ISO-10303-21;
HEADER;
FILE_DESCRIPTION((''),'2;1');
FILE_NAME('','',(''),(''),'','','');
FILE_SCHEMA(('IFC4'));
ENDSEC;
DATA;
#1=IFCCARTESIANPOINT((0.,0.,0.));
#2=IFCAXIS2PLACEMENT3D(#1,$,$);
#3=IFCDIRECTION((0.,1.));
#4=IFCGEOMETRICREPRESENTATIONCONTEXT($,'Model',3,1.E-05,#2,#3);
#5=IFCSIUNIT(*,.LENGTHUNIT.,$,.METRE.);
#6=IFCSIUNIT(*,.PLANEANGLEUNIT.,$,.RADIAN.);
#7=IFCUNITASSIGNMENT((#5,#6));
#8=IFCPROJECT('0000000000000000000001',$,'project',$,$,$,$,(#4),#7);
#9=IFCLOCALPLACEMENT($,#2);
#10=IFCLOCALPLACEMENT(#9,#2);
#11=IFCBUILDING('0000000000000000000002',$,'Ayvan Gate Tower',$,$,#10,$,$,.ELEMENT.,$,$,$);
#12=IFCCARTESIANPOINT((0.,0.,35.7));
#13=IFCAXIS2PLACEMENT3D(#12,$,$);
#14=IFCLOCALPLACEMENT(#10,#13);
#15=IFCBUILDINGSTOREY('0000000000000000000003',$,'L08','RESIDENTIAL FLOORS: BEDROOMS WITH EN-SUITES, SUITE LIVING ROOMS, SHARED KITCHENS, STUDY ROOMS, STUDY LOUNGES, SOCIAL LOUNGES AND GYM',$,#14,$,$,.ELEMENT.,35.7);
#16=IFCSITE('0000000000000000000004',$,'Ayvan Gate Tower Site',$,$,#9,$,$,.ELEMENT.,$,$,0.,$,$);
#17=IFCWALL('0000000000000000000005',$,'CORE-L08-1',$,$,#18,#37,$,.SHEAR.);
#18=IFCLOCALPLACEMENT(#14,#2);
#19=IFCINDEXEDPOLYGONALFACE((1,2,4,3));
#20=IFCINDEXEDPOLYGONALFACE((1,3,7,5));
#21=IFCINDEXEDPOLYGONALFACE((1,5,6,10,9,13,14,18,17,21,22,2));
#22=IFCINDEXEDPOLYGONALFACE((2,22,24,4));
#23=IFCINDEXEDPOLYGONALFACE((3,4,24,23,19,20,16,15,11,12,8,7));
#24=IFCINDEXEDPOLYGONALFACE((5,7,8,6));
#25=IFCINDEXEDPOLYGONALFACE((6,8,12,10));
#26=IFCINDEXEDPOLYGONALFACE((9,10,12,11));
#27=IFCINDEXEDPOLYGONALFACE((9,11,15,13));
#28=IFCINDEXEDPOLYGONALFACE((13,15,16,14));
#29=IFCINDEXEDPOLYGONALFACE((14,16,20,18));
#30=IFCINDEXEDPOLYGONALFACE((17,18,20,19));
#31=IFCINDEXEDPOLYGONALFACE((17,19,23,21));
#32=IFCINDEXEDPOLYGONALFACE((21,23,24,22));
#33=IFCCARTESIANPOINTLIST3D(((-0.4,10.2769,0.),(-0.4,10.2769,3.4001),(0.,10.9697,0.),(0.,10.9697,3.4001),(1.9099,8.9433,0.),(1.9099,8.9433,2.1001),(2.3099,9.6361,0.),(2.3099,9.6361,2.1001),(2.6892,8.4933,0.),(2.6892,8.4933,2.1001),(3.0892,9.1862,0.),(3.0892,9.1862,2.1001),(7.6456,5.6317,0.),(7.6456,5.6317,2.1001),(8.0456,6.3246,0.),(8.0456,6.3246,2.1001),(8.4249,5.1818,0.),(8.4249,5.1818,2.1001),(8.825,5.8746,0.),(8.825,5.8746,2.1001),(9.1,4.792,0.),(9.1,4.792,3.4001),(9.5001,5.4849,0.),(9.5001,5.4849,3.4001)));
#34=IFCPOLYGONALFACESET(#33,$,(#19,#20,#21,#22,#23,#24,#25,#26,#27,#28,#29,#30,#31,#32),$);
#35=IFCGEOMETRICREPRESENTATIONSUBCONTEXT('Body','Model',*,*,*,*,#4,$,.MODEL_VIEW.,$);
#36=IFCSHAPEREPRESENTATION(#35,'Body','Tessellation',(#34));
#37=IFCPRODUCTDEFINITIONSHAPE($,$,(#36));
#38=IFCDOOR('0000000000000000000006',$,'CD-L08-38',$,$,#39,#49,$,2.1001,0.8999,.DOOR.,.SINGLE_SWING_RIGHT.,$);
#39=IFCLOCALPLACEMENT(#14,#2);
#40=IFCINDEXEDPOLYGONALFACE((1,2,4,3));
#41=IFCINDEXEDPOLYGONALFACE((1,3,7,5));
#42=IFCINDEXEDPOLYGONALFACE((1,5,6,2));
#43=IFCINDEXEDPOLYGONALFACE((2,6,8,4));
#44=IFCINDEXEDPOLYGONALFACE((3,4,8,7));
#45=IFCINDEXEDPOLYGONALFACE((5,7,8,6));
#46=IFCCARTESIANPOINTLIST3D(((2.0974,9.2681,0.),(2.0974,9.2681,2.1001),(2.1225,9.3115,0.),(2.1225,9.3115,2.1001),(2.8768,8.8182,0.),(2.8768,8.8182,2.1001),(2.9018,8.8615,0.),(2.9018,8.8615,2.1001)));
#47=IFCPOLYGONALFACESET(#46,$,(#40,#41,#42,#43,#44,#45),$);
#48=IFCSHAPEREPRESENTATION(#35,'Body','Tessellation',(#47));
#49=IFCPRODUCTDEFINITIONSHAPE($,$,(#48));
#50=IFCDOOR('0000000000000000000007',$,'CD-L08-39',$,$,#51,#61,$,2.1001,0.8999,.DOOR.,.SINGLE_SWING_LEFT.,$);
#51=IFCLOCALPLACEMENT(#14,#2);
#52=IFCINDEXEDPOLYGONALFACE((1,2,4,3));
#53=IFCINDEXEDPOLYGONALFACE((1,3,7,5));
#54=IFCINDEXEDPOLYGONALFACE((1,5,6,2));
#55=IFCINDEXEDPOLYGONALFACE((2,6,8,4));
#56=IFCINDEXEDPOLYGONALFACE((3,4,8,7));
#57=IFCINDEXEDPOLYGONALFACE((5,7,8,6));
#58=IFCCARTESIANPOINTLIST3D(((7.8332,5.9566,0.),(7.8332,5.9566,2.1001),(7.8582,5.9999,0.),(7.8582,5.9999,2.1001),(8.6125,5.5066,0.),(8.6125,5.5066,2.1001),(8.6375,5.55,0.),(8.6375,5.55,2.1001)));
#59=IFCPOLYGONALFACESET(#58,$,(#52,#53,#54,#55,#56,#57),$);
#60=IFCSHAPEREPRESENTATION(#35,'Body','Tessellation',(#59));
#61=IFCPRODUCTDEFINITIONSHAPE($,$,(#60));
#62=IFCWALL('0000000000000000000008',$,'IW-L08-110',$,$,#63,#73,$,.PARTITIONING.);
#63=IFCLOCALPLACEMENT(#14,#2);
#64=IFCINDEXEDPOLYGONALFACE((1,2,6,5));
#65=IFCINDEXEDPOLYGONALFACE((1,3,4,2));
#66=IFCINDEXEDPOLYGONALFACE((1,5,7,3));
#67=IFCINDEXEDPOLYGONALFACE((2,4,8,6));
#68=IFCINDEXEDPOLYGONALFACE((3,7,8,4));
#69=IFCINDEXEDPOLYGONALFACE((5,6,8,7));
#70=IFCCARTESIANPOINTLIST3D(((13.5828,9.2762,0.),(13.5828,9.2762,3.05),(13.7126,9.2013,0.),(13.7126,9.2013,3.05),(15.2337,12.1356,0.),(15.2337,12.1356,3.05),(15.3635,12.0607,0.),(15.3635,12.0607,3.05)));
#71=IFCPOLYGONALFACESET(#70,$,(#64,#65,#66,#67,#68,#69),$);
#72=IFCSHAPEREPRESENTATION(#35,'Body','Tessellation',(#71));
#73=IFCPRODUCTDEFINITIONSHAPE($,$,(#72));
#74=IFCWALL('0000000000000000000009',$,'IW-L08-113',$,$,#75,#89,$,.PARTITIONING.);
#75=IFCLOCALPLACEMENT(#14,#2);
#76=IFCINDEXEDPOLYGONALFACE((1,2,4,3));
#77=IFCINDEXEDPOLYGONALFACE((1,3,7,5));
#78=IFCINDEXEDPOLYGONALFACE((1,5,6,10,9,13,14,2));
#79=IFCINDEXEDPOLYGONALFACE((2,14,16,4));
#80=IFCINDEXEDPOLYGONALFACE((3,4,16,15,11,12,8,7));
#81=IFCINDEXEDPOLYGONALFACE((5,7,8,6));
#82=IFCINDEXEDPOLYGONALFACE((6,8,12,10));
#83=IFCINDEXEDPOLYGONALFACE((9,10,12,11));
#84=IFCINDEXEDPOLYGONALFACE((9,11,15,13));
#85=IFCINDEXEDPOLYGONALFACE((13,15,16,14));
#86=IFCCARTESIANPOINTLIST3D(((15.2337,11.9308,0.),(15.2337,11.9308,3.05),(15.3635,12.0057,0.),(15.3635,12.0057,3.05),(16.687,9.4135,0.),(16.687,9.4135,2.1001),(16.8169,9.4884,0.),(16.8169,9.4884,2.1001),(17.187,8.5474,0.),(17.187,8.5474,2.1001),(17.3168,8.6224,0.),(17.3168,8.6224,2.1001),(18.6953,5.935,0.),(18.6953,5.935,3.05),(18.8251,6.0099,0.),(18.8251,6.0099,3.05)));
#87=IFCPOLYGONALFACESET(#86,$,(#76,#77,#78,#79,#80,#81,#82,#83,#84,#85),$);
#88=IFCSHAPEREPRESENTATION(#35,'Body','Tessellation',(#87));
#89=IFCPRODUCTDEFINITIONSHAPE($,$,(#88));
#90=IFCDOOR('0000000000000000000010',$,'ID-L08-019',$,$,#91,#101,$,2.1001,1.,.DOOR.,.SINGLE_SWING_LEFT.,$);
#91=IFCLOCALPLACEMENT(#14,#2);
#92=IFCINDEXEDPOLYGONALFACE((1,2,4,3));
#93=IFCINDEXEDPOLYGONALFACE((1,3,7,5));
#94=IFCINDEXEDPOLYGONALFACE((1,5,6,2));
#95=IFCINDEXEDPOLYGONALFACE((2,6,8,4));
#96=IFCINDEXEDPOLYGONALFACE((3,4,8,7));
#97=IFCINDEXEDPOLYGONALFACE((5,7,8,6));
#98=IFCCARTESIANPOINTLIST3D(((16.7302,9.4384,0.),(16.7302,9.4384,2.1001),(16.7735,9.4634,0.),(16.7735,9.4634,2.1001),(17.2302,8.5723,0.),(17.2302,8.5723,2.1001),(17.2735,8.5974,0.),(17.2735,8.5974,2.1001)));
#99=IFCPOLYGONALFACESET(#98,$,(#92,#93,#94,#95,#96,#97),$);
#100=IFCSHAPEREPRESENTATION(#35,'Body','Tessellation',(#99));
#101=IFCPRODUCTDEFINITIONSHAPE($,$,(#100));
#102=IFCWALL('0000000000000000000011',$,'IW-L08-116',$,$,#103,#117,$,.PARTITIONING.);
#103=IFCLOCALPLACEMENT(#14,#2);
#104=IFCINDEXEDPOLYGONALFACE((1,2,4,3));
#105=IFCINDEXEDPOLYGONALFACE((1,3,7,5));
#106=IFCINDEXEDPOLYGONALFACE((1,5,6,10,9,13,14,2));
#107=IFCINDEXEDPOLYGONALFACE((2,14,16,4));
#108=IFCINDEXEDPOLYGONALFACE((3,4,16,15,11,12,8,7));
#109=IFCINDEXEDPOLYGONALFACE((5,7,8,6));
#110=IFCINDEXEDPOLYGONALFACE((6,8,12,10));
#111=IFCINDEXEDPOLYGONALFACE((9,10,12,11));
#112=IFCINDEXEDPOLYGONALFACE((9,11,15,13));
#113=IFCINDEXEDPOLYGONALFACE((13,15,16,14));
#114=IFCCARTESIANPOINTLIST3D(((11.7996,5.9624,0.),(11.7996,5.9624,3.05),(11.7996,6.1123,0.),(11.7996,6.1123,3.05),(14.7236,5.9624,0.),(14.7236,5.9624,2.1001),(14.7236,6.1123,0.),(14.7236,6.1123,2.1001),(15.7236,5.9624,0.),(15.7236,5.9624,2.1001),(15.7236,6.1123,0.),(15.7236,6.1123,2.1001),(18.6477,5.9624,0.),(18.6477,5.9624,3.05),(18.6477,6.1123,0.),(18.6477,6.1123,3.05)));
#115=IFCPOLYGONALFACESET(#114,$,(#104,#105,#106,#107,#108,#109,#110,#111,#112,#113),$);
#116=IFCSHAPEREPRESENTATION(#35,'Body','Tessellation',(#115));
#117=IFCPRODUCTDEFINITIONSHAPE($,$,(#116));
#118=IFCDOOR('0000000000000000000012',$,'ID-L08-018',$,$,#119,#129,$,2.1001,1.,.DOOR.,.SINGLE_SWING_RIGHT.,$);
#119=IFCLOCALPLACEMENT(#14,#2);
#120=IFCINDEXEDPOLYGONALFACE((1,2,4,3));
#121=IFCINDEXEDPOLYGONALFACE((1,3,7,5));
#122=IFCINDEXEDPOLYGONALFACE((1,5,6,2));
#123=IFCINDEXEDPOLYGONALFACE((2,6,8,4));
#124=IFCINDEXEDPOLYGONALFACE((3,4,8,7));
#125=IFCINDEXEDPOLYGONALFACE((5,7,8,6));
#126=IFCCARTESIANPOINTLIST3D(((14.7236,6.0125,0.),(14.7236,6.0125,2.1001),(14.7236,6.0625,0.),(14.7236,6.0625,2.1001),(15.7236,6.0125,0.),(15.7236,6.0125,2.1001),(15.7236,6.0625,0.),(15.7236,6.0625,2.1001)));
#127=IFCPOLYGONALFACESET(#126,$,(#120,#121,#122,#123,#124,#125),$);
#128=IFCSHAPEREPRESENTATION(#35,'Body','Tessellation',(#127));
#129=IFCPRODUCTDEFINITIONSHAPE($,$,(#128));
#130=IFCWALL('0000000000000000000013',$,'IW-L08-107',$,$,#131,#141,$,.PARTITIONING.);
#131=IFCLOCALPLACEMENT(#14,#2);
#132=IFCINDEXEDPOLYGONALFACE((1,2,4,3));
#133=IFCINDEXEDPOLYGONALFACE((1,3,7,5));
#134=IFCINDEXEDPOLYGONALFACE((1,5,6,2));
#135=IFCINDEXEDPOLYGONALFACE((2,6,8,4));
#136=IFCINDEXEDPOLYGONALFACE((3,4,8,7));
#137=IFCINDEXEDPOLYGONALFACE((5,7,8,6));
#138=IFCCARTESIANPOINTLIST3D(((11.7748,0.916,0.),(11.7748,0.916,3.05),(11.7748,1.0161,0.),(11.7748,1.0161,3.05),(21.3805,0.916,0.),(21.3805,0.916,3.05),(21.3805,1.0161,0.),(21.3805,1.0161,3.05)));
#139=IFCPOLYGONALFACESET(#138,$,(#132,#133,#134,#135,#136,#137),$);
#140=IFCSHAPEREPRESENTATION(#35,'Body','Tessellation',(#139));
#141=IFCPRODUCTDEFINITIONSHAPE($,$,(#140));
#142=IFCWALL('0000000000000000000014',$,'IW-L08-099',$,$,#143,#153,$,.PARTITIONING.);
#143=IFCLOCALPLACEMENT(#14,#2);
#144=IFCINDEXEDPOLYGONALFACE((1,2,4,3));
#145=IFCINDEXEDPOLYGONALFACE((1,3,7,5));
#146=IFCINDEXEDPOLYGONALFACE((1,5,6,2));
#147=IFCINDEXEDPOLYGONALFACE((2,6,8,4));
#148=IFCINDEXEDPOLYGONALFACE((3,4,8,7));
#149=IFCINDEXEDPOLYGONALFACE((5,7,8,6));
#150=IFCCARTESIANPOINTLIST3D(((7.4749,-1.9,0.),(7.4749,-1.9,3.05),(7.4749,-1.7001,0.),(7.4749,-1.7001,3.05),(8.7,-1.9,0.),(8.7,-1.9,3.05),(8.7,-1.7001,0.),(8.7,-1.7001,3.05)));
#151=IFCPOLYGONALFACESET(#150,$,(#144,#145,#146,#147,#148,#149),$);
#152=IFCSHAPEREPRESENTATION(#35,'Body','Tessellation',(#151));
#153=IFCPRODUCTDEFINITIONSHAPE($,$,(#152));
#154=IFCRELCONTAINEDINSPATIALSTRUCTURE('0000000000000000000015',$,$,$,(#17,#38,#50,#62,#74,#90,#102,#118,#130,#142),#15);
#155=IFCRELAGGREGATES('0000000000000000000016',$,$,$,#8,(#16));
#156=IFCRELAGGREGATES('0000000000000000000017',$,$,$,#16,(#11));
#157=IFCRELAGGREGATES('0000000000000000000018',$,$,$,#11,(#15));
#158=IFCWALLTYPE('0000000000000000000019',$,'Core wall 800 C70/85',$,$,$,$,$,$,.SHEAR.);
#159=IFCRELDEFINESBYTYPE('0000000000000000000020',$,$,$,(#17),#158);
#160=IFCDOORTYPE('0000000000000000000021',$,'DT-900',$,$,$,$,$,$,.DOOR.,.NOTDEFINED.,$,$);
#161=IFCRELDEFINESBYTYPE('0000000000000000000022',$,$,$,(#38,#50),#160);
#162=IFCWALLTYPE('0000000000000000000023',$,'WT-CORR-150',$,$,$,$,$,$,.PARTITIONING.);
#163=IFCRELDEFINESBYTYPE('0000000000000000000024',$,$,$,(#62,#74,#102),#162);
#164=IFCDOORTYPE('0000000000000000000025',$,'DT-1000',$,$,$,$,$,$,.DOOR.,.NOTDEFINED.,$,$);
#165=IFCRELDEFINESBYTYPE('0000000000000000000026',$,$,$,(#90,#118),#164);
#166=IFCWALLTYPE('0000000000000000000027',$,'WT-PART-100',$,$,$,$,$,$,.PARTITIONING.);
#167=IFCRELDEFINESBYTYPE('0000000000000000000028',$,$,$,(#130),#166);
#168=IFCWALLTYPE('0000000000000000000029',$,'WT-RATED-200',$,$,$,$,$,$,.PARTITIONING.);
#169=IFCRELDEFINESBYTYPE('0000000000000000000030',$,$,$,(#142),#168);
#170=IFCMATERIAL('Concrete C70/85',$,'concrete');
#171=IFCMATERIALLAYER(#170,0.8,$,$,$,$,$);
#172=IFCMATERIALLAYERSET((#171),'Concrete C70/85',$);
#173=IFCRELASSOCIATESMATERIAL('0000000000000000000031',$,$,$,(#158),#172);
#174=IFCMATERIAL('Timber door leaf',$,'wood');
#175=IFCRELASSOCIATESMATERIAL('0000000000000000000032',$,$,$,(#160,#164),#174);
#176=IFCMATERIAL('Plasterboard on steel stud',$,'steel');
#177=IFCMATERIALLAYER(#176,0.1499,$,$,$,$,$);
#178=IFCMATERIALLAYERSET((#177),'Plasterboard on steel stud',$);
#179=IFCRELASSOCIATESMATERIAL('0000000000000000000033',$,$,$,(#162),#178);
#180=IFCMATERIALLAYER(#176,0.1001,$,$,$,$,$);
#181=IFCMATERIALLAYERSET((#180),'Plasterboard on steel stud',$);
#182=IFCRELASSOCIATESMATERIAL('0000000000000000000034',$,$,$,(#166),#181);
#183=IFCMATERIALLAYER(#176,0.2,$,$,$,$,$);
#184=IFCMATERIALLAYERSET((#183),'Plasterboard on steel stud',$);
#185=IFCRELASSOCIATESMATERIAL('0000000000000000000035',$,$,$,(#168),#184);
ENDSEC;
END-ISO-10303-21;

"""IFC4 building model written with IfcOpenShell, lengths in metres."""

from ifc_helpers import new_model, si_unit, direction, frame, frame_2d, origin, place, context, subcontext, project, spatial, rectangle, extrude, material, layer, layer_set, type_object, element, fill, save


model = new_model("IFC4")

# Units and contexts
model_context = context("Model", 3, precision=1e-05, world=origin(), true_north=direction((0.0, 1.0)))
body_context = subcontext(model_context, "Body", "Model", "MODEL_VIEW")
ifc_project = project(units=[si_unit("LENGTHUNIT", "METRE"), si_unit("PLANEANGLEUNIT", "RADIAN")], contexts=[model_context])

# Site, building, storey
site_placement = place(None, origin())
site = spatial("IfcSite", under=ifc_project, at=site_placement, Name="Ayvan Gate Tower Site", CompositionType="ELEMENT", RefElevation=0.0)
building_placement = place(site_placement, origin())
building = spatial("IfcBuilding", under=site, at=building_placement, Name="Ayvan Gate Tower", CompositionType="ELEMENT")
storey_placement = place(building_placement, frame((0.0, 0.0, 35.7)))
storey = spatial("IfcBuildingStorey", under=building, at=storey_placement, Name="L08", Description="RESIDENTIAL FLOORS: BEDROOMS WITH EN-SUITES, SUITE LIVING ROOMS, SHARED KITCHENS, STUDY ROOMS, STUDY LOUNGES, SOCIAL LOUNGES AND GYM", CompositionType="ELEMENT", Elevation=35.7)

# Wall, openings, doors
ifc_material_1 = material(Name="Concrete C70/85", Category="concrete")
ifc_layer_1 = layer(ifc_material_1, 0.8)
ifc_layer_set_1 = layer_set([ifc_layer_1], Name="Concrete C70/85")
wall_type_1 = type_object("IfcWallType", Name="Core wall 800 C70/85", PredefinedType="SHEAR", material=ifc_layer_set_1)
wall_1_placement = place(storey_placement, frame((9.3, 5.1384, 0.0), z_axis=(0.0, 0.0, 1.0), x_axis=(-0.866024, 0.500002, 0.0)))
wall_1 = element("IfcWall", 1, at=wall_1_placement, inside=storey, type_object=wall_type_1, Name="CORE-L08-1", PredefinedType="SHEAR", context=body_context, shape_type="SweptSolid", body=[
    extrude(rectangle(XDim=10.9697, YDim=0.8, at=frame_2d((5.4849, 0.0))), origin(), (0.0, 0.0, 1.0), 3.4001),
])
opening_1_placement = place(wall_1_placement, frame((7.4026, 0.0, 0.0)))
opening_1 = element("IfcOpeningElement", 2, at=opening_1_placement, cuts=wall_1, PredefinedType="OPENING", context=body_context, shape_type="SweptSolid", body=[
    extrude(rectangle(XDim=0.8999, YDim=2.1001, at=frame_2d((0.45, 1.05))), frame((0.0, 0.4099, 0.0), z_axis=(0.0, -1.0, 0.0), x_axis=(1.0, 0.0, 0.0)), (0.0, 0.0, 1.0), 0.8201),
])
opening_2_placement = place(wall_1_placement, frame((0.7795, 0.0, 0.0)))
opening_2 = element("IfcOpeningElement", 3, at=opening_2_placement, cuts=wall_1, PredefinedType="OPENING", context=body_context, shape_type="SweptSolid", body=[
    extrude(rectangle(XDim=0.8999, YDim=2.1001, at=frame_2d((0.45, 1.05))), frame((0.0, 0.4099, 0.0), z_axis=(0.0, -1.0, 0.0), x_axis=(1.0, 0.0, 0.0)), (0.0, 0.0, 1.0), 0.8201),
])
ifc_material_2 = material(Name="Timber door leaf", Category="wood")
door_type_1 = type_object("IfcDoorType", Name="DT-900", OperationType="NOTDEFINED", PredefinedType="DOOR", material=ifc_material_2)
door_1_placement = place(opening_1_placement, origin())
door_1 = element("IfcDoor", 4, at=door_1_placement, inside=storey, type_object=door_type_1, Name="CD-L08-38", OperationType="SINGLE_SWING_RIGHT", OverallHeight=2.1001, OverallWidth=0.8999, PredefinedType="DOOR", context=body_context, shape_type="SweptSolid", body=[
    extrude(rectangle(XDim=0.8999, YDim=2.1001, at=frame_2d((0.45, 1.05))), frame((0.0, 0.0249, 0.0), z_axis=(0.0, -1.0, 0.0), x_axis=(1.0, 0.0, 0.0)), (0.0, 0.0, 1.0), 0.05),
])
fill(opening_1, door_1)
door_2_placement = place(opening_2_placement, origin())
door_2 = element("IfcDoor", 5, at=door_2_placement, inside=storey, type_object=door_type_1, Name="CD-L08-39", OperationType="SINGLE_SWING_LEFT", OverallHeight=2.1001, OverallWidth=0.8999, PredefinedType="DOOR", context=body_context, shape_type="SweptSolid", body=[
    extrude(rectangle(XDim=0.8999, YDim=2.1001, at=frame_2d((0.45, 1.05))), frame((0.0, 0.0249, 0.0), z_axis=(0.0, -1.0, 0.0), x_axis=(1.0, 0.0, 0.0)), (0.0, 0.0, 1.0), 0.05),
])
fill(opening_2, door_2)

# Wall
ifc_material_3 = material(Name="Plasterboard on steel stud", Category="steel")
ifc_layer_2 = layer(ifc_material_3, 0.1499)
ifc_layer_set_2 = layer_set([ifc_layer_2], Name="Plasterboard on steel stud")
wall_type_2 = type_object("IfcWallType", Name="WT-CORR-150", PredefinedType="PARTITIONING", material=ifc_layer_set_2)
wall_2_placement = place(storey_placement, frame((13.6477, 9.2388, 0.0), z_axis=(0.0, 0.0, 1.0), x_axis=(0.500004, 0.866023, 0.0)))
element("IfcWall", 6, at=wall_2_placement, inside=storey, type_object=wall_type_2, Name="IW-L08-110", PredefinedType="PARTITIONING", context=body_context, shape_type="SweptSolid", body=[
    extrude(rectangle(XDim=3.3018, YDim=0.1499, at=frame_2d((1.6509, 0.0))), origin(), (0.0, 0.0, 1.0), 3.05),
])

# Walls, openings, doors
wall_3_placement = place(storey_placement, frame((15.2986, 11.9683, 0.0), z_axis=(0.0, 0.0, 1.0), x_axis=(0.499996, -0.866028, 0.0)))
wall_3 = element("IfcWall", 7, at=wall_3_placement, inside=storey, type_object=wall_type_2, Name="IW-L08-113", PredefinedType="PARTITIONING", context=body_context, shape_type="SweptSolid", body=[
    extrude(rectangle(XDim=6.9233, YDim=0.1499, at=frame_2d((3.4617, 0.0))), origin(), (0.0, 0.0, 1.0), 3.05),
])
opening_3_placement = place(wall_3_placement, frame((2.9067, 0.0, 0.0)))
opening_3 = element("IfcOpeningElement", 8, at=opening_3_placement, cuts=wall_3, PredefinedType="OPENING", context=body_context, shape_type="SweptSolid", body=[
    extrude(rectangle(XDim=1.0, YDim=2.1001, at=frame_2d((0.5, 1.05))), frame((0.0, 0.085, 0.0), z_axis=(0.0, -1.0, 0.0), x_axis=(1.0, 0.0, 0.0)), (0.0, 0.0, 1.0), 0.1699),
])
door_type_2 = type_object("IfcDoorType", Name="DT-1000", OperationType="NOTDEFINED", PredefinedType="DOOR", material=ifc_material_2)
door_3_placement = place(opening_3_placement, origin())
door_3 = element("IfcDoor", 9, at=door_3_placement, inside=storey, type_object=door_type_2, Name="ID-L08-019", OperationType="SINGLE_SWING_LEFT", OverallHeight=2.1001, OverallWidth=1.0, PredefinedType="DOOR", context=body_context, shape_type="SweptSolid", body=[
    extrude(rectangle(XDim=1.0, YDim=2.1001, at=frame_2d((0.5, 1.05))), frame((0.0, 0.0249, 0.0), z_axis=(0.0, -1.0, 0.0), x_axis=(1.0, 0.0, 0.0)), (0.0, 0.0, 1.0), 0.05),
])
fill(opening_3, door_3)
wall_4_placement = place(storey_placement, frame((18.6477, 6.0374, 0.0), z_axis=(0.0, 0.0, 1.0), x_axis=(-1.0, 0.0, 0.0)))
wall_4 = element("IfcWall", 10, at=wall_4_placement, inside=storey, type_object=wall_type_2, Name="IW-L08-116", PredefinedType="PARTITIONING", context=body_context, shape_type="SweptSolid", body=[
    extrude(rectangle(XDim=6.8481, YDim=0.1499, at=frame_2d((3.4241, 0.0))), origin(), (0.0, 0.0, 1.0), 3.05),
])
opening_4_placement = place(wall_4_placement, frame((2.9241, 0.0, 0.0)))
opening_4 = element("IfcOpeningElement", 11, at=opening_4_placement, cuts=wall_4, PredefinedType="OPENING", context=body_context, shape_type="SweptSolid", body=[
    extrude(rectangle(XDim=1.0, YDim=2.1001, at=frame_2d((0.5, 1.05))), frame((0.0, 0.085, 0.0), z_axis=(0.0, -1.0, 0.0), x_axis=(1.0, 0.0, 0.0)), (0.0, 0.0, 1.0), 0.1699),
])
door_4_placement = place(opening_4_placement, origin())
door_4 = element("IfcDoor", 12, at=door_4_placement, inside=storey, type_object=door_type_2, Name="ID-L08-018", OperationType="SINGLE_SWING_RIGHT", OverallHeight=2.1001, OverallWidth=1.0, PredefinedType="DOOR", context=body_context, shape_type="SweptSolid", body=[
    extrude(rectangle(XDim=1.0, YDim=2.1001, at=frame_2d((0.5, 1.05))), frame((0.0, 0.0249, 0.0), z_axis=(0.0, -1.0, 0.0), x_axis=(1.0, 0.0, 0.0)), (0.0, 0.0, 1.0), 0.05),
])
fill(opening_4, door_4)

# Walls
ifc_layer_3 = layer(ifc_material_3, 0.1001)
ifc_layer_set_3 = layer_set([ifc_layer_3], Name="Plasterboard on steel stud")
wall_type_3 = type_object("IfcWallType", Name="WT-PART-100", PredefinedType="PARTITIONING", material=ifc_layer_set_3)
wall_5_placement = place(storey_placement, frame((11.7749, 0.9661, 0.0), z_axis=(0.0, 0.0, 1.0), x_axis=(1.0, 0.0, 0.0)))
element("IfcWall", 13, at=wall_5_placement, inside=storey, type_object=wall_type_3, Name="IW-L08-107", PredefinedType="PARTITIONING", context=body_context, shape_type="SweptSolid", body=[
    extrude(rectangle(XDim=9.6057, YDim=0.1001, at=frame_2d((4.8027, 0.0))), origin(), (0.0, 0.0, 1.0), 3.05),
])
ifc_layer_4 = layer(ifc_material_3, 0.2)
ifc_layer_set_4 = layer_set([ifc_layer_4], Name="Plasterboard on steel stud")
wall_type_4 = type_object("IfcWallType", Name="WT-RATED-200", PredefinedType="PARTITIONING", material=ifc_layer_set_4)
wall_6_placement = place(storey_placement, frame((8.7, -1.8, 0.0), z_axis=(0.0, 0.0, 1.0), x_axis=(-1.0, 0.0, 0.0)))
element("IfcWall", 14, at=wall_6_placement, inside=storey, type_object=wall_type_4, Name="IW-L08-099", PredefinedType="PARTITIONING", context=body_context, shape_type="SweptSolid", body=[
    extrude(rectangle(XDim=1.2251, YDim=0.2, at=frame_2d((0.6125, 0.0))), origin(), (0.0, 0.0, 1.0), 3.05),
])

save(model, "model.ifc")
